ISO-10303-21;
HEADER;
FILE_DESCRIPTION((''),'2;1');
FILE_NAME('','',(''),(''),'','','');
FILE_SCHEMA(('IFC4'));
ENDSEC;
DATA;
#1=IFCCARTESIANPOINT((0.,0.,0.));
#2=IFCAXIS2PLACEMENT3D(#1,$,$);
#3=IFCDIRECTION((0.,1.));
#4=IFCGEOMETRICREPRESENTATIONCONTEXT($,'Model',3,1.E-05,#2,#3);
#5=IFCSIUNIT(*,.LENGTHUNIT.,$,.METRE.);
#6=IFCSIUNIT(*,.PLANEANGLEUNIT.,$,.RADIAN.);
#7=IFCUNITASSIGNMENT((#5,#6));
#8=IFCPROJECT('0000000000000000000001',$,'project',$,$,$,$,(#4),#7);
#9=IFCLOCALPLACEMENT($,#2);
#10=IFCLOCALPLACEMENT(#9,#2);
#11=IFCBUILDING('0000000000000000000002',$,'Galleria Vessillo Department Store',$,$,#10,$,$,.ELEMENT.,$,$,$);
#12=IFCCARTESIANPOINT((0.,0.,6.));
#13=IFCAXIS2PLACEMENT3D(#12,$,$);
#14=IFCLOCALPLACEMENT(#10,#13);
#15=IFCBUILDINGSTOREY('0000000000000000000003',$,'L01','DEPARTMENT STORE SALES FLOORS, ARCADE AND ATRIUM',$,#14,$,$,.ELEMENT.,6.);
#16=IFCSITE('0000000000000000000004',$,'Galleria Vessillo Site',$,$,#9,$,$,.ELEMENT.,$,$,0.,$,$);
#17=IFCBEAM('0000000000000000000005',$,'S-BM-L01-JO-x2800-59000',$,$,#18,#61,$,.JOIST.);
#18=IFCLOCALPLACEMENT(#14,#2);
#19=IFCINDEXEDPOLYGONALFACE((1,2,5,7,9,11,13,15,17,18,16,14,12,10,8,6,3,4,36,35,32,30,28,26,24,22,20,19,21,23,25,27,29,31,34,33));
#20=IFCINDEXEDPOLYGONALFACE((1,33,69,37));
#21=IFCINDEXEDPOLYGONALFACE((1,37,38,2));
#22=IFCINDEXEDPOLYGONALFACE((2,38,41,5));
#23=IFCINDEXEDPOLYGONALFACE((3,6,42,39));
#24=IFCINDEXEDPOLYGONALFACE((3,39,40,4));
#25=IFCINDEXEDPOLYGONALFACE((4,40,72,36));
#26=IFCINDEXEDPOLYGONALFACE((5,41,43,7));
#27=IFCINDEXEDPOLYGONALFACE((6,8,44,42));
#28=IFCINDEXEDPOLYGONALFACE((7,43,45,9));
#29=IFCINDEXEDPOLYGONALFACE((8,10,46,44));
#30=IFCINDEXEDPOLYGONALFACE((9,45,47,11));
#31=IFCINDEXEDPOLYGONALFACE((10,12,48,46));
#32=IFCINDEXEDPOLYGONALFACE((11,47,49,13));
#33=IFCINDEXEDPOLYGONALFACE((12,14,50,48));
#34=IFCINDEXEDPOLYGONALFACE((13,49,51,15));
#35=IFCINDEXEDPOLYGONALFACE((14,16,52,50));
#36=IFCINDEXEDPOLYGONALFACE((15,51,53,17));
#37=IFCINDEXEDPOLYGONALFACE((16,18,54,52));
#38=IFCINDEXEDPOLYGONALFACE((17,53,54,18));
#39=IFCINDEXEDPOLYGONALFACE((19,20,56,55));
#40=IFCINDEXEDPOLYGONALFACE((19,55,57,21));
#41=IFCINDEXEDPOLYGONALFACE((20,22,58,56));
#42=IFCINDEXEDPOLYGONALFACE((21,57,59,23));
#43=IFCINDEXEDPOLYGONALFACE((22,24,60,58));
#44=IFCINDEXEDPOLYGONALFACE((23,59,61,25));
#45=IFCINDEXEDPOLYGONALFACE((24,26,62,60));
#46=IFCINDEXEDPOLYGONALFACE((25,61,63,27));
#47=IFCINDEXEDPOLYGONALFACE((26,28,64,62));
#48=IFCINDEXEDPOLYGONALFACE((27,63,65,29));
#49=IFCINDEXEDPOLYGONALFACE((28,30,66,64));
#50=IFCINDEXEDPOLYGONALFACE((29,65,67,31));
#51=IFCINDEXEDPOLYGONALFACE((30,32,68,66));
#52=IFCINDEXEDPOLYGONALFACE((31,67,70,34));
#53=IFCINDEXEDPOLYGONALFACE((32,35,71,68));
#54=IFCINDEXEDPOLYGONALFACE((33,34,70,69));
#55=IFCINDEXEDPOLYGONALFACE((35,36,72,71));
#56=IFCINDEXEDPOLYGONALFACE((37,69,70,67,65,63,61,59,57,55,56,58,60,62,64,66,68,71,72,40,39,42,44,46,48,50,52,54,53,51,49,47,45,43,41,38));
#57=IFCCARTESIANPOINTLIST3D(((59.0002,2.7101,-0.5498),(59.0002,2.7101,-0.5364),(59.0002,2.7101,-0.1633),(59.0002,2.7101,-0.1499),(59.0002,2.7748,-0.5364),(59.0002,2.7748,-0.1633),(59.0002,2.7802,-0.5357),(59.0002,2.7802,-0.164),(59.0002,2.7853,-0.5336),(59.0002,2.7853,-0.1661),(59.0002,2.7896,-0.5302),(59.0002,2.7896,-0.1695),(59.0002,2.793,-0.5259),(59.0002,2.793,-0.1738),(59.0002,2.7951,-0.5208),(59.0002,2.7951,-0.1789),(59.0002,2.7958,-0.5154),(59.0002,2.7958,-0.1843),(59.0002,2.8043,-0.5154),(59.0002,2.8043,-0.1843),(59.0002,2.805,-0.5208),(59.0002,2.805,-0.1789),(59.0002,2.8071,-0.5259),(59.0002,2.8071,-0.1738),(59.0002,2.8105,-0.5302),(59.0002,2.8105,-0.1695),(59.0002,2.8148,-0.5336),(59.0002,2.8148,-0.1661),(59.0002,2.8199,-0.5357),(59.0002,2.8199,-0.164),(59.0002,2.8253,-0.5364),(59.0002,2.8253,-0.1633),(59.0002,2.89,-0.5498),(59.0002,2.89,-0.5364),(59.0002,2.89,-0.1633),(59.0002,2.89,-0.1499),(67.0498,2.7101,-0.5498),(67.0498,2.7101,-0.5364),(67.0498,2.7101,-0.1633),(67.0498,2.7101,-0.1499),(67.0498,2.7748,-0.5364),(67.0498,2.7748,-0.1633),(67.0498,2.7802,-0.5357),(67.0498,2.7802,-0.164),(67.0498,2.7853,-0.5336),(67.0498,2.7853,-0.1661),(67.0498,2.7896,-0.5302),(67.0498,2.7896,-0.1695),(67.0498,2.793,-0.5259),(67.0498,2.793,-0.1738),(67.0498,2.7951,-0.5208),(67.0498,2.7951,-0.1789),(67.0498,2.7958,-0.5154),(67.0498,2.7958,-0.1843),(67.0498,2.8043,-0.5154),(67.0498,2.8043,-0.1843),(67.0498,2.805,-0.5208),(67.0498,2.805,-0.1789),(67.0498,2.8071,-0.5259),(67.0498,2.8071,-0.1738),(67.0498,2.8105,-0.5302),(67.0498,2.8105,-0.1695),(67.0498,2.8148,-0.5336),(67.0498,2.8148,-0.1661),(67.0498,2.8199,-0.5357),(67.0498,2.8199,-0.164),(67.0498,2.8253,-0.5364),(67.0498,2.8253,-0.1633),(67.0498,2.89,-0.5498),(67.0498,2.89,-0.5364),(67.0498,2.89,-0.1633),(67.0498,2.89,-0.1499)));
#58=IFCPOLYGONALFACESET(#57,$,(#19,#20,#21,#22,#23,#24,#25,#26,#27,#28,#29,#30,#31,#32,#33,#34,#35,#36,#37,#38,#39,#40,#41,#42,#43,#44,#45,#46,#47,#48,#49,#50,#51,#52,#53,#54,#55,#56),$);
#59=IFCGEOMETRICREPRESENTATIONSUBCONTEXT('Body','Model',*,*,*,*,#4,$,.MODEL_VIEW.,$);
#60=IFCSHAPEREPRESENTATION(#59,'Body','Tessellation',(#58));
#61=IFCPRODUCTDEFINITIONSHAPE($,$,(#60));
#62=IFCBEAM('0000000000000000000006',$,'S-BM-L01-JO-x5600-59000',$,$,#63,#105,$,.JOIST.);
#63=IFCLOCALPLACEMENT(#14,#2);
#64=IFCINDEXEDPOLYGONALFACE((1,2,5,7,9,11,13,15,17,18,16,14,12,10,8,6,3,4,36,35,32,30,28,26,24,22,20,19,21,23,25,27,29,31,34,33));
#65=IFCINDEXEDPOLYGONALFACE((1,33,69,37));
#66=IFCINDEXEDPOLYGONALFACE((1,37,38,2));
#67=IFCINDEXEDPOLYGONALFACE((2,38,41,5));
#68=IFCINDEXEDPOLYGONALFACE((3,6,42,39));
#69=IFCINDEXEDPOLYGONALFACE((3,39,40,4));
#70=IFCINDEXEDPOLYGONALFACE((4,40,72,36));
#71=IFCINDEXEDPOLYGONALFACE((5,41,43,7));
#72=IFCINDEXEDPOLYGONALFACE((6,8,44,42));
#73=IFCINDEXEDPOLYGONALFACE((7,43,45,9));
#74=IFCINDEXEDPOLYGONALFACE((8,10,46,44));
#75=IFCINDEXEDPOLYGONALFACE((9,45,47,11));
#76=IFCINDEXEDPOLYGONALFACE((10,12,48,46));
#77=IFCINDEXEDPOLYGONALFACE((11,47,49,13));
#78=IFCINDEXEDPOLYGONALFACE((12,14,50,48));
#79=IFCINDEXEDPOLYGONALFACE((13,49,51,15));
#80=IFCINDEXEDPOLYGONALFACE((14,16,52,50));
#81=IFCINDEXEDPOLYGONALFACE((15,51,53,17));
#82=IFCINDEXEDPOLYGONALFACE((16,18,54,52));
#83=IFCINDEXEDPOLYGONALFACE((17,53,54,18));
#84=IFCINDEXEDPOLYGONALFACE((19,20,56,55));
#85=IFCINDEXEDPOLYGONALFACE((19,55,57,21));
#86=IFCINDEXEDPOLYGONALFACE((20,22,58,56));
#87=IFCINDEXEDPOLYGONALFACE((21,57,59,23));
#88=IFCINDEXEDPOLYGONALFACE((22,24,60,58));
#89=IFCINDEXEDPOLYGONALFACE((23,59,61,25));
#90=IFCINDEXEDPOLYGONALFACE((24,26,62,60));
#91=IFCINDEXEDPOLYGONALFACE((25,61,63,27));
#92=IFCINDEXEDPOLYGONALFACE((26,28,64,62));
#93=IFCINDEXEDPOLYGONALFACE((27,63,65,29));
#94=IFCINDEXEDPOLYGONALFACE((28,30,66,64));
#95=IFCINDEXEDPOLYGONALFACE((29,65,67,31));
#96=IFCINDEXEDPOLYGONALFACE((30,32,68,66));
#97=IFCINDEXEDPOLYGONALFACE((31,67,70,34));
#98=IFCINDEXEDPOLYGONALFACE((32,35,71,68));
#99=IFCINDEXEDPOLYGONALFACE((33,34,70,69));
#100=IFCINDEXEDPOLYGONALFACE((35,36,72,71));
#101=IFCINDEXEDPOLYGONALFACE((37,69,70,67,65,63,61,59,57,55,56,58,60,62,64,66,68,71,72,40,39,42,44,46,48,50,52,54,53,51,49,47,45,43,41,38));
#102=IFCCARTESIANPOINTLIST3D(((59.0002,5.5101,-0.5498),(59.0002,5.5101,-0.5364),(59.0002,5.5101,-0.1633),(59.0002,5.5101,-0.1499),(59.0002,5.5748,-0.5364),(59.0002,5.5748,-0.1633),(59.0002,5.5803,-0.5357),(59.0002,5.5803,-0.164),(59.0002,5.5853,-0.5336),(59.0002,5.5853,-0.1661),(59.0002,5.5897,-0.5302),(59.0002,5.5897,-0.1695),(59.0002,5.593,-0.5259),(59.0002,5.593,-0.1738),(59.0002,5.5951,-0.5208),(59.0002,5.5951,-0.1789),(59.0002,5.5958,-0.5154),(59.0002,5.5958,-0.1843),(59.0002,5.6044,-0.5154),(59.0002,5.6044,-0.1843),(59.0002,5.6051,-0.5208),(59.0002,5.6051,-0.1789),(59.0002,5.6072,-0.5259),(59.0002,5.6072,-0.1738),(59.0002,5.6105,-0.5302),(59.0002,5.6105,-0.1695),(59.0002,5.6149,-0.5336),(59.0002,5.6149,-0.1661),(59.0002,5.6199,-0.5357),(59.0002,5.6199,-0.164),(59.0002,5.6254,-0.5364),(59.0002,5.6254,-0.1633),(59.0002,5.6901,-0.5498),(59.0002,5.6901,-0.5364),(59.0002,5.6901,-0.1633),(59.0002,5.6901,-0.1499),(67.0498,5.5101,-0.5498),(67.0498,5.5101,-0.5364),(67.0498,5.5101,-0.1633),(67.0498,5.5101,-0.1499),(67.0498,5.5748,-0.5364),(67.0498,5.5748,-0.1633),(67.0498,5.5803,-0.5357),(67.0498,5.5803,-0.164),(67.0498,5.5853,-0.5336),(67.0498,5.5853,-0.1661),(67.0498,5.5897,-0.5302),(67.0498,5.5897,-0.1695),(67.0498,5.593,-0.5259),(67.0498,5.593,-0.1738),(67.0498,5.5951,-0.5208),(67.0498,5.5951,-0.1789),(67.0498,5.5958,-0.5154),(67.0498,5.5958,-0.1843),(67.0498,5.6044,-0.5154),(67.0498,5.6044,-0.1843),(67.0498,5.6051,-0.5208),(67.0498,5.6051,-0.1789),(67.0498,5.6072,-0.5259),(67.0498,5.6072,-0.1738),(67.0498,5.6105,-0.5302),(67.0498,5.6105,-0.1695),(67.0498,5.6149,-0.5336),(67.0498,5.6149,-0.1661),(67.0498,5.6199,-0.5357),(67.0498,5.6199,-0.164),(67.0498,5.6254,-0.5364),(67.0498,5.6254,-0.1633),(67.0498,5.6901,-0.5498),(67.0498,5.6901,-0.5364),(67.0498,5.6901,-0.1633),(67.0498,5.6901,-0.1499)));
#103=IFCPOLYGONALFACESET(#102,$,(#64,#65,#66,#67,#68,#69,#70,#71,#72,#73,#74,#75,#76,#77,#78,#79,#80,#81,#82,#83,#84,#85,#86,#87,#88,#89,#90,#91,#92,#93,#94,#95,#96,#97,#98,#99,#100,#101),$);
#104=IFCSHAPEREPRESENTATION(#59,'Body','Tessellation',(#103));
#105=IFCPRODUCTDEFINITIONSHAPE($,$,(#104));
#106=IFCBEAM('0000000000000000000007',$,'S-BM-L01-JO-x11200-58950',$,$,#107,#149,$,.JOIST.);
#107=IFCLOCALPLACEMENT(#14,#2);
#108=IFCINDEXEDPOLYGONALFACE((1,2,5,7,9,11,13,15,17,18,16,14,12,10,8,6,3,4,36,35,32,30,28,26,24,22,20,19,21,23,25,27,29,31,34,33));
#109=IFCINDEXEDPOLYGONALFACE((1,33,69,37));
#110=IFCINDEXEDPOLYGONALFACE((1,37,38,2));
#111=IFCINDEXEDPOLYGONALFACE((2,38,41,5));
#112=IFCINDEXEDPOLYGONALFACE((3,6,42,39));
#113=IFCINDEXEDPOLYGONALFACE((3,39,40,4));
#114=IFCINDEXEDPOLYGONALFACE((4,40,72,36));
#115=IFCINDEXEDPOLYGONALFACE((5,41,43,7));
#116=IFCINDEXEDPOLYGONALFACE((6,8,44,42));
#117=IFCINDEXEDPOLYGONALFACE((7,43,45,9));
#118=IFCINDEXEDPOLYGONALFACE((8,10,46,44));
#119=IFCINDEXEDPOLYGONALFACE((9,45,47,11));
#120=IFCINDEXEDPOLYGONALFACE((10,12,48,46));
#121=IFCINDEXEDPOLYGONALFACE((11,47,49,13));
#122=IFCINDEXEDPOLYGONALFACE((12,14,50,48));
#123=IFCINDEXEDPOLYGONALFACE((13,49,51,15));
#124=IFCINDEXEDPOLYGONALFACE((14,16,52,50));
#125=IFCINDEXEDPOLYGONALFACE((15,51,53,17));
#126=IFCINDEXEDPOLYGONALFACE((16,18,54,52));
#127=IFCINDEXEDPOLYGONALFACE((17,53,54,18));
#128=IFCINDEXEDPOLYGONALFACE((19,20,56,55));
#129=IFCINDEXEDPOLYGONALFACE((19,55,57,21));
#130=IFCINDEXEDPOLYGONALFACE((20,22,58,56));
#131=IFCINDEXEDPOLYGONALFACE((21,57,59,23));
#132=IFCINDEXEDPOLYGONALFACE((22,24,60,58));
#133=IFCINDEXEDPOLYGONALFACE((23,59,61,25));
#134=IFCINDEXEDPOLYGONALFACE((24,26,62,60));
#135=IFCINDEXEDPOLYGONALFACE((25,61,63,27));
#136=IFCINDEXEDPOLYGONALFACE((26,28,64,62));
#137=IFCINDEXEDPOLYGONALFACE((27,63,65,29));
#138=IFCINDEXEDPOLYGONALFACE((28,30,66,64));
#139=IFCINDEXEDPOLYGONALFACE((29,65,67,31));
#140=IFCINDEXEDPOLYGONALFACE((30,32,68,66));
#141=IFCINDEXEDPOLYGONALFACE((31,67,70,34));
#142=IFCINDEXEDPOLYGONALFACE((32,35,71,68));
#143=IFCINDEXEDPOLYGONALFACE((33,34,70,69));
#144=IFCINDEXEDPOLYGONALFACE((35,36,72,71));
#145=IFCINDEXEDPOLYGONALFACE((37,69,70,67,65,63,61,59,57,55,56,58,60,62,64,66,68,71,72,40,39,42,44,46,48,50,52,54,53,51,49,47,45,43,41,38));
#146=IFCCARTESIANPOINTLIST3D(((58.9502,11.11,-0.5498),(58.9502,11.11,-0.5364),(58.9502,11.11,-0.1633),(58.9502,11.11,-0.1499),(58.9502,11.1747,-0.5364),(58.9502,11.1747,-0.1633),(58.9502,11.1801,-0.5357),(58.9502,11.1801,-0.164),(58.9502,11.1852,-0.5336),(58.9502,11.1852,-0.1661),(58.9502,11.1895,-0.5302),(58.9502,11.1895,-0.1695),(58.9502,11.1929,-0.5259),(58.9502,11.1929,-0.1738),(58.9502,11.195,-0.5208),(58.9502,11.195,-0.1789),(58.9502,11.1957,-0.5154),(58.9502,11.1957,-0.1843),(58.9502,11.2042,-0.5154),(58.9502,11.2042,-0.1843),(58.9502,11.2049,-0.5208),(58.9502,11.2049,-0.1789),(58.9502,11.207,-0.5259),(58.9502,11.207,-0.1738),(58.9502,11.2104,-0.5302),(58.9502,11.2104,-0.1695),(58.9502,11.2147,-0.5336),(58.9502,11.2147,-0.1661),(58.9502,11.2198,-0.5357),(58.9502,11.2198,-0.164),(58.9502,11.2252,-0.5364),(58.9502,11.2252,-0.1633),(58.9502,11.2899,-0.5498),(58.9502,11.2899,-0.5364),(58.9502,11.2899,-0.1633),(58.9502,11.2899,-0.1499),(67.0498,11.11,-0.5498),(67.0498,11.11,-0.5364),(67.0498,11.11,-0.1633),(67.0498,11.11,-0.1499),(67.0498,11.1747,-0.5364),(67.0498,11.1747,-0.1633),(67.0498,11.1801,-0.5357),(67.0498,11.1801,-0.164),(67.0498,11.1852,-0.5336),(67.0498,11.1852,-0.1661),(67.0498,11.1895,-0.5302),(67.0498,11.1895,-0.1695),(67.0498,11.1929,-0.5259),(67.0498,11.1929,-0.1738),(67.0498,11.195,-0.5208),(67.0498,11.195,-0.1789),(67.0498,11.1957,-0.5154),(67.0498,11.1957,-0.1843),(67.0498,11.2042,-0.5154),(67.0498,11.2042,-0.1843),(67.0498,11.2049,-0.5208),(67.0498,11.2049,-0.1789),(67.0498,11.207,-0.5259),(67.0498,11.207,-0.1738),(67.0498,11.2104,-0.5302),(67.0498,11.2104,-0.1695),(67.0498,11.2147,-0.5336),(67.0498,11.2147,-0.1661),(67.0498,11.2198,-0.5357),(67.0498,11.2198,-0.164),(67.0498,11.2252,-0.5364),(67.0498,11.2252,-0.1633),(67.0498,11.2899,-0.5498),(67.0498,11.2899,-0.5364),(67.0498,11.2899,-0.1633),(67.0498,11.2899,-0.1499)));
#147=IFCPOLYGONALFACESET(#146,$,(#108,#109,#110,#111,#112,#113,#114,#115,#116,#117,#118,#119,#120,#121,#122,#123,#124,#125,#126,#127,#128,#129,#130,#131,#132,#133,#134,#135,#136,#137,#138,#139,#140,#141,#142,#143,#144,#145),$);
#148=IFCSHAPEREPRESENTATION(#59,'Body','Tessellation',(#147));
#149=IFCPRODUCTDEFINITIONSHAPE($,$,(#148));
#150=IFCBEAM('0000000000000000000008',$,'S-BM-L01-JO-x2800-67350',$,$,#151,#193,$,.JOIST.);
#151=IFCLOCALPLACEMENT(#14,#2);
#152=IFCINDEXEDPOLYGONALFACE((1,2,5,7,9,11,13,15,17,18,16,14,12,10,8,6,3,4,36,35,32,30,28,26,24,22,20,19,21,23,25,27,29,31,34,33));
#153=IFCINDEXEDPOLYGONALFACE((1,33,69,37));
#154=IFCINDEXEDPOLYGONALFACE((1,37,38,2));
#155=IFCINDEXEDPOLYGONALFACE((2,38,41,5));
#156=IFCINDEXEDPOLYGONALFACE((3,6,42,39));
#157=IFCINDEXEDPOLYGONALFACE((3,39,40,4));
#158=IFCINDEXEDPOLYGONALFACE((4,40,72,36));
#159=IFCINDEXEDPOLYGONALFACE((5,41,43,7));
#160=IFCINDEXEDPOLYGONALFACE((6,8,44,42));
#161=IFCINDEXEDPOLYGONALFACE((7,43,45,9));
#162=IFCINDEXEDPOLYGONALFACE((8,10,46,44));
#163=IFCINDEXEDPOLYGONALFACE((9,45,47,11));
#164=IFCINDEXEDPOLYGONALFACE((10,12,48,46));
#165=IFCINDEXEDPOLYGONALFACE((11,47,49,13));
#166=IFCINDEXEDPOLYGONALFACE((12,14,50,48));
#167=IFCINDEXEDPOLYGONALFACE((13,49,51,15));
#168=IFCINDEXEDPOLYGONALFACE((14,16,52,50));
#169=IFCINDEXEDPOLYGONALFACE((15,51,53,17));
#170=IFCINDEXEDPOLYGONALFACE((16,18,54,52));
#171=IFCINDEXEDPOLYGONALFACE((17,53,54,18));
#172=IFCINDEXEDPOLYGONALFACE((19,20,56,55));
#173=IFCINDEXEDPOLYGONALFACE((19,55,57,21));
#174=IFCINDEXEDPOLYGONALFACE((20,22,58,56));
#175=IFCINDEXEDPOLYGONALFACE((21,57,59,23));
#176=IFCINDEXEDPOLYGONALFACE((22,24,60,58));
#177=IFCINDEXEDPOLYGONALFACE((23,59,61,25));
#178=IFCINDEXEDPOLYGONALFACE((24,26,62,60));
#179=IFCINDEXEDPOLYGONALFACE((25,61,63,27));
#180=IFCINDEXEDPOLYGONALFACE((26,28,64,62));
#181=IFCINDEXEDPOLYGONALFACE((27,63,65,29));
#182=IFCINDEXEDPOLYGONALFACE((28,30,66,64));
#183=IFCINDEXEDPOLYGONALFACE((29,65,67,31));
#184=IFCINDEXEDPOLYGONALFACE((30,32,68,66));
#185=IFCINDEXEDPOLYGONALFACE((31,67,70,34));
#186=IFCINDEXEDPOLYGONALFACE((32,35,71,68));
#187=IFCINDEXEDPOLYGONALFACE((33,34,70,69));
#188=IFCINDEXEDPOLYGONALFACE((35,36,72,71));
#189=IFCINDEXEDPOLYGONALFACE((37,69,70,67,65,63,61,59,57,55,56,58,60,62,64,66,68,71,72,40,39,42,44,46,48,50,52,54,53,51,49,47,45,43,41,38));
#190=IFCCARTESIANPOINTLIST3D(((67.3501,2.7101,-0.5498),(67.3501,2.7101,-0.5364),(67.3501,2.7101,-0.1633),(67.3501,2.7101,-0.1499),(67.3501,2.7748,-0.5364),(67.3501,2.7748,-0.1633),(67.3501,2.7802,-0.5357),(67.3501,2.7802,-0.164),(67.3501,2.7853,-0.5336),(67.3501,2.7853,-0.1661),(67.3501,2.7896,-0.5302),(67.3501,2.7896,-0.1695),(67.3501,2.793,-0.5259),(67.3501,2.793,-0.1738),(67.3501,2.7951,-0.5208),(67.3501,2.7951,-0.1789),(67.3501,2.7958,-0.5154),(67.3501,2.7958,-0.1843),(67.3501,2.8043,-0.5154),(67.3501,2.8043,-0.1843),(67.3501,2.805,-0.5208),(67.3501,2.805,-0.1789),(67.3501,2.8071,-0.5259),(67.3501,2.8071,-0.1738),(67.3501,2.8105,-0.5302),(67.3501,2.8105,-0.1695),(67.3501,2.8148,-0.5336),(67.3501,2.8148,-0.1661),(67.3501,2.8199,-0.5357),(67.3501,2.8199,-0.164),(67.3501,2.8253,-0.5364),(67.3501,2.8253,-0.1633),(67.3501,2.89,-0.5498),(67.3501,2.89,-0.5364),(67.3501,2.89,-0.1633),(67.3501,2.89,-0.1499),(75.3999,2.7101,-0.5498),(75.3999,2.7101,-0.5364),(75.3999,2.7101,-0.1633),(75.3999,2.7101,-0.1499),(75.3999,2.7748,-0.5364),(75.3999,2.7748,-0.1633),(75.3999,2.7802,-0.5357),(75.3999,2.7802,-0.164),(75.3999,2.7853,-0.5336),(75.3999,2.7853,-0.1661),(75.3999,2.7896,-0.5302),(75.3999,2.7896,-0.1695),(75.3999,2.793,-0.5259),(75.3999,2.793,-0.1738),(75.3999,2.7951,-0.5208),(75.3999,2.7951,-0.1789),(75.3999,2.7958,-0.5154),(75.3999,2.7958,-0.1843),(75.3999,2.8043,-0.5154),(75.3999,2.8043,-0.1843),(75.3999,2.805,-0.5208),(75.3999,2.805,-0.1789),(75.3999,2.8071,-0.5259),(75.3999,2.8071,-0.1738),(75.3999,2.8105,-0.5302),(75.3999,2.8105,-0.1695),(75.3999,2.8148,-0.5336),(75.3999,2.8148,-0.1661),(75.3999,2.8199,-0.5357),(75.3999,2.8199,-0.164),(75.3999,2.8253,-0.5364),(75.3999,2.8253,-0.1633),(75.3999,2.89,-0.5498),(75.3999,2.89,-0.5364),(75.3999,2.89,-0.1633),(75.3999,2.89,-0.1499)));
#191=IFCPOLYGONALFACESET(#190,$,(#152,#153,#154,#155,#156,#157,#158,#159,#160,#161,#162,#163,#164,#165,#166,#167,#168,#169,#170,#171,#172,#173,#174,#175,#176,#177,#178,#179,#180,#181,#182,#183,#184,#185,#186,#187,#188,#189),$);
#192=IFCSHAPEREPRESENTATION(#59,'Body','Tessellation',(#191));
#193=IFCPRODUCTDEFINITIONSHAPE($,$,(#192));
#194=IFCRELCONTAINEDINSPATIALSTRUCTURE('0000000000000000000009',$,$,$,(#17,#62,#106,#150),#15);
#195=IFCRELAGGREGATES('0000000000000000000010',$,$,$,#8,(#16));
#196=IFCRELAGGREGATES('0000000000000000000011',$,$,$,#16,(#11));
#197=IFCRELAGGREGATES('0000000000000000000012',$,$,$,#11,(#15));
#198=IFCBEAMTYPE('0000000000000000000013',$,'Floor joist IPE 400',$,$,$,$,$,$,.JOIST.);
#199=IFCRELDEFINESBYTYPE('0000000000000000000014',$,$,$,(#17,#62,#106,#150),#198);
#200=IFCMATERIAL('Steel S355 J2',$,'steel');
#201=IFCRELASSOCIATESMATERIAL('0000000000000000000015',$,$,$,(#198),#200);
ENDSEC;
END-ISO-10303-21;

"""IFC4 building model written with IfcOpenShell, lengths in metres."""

from ifc_helpers import new_model, si_unit, direction, frame, origin, origin_2d, place, context, subcontext, project, spatial, i_section, extrude, material, material_profile, profile_set, type_object, element, save


model = new_model("IFC4")

# Units and contexts
model_context = context("Model", 3, precision=1e-05, world=origin(), true_north=direction((0.0, 1.0)))
body_context = subcontext(model_context, "Body", "Model", "MODEL_VIEW")
ifc_project = project(units=[si_unit("LENGTHUNIT", "METRE"), si_unit("PLANEANGLEUNIT", "RADIAN")], contexts=[model_context])

# Site, building, storey
site_placement = place(None, origin())
site = spatial("IfcSite", under=ifc_project, at=site_placement, Name="Galleria Vessillo Site", CompositionType="ELEMENT", RefElevation=0.0)
building_placement = place(site_placement, origin())
building = spatial("IfcBuilding", under=site, at=building_placement, Name="Galleria Vessillo Department Store", CompositionType="ELEMENT")
storey_placement = place(building_placement, frame((0.0, 0.0, 6.0)))
storey = spatial("IfcBuildingStorey", under=building, at=storey_placement, Name="L01", Description="DEPARTMENT STORE SALES FLOORS, ARCADE AND ATRIUM", CompositionType="ELEMENT", Elevation=6.0)

# Beams
ifc_material_1 = material(Name="Steel S355 J2", Category="steel")
ifc_material_profile_1 = material_profile(ifc_material_1, i_section(OverallWidth=0.1799, OverallDepth=0.3999, WebThickness=0.0085, FlangeThickness=0.0134, FilletRadius=0.021, at=origin_2d()), Name="IPE 400")
ifc_profile_set_1 = profile_set([ifc_material_profile_1], Name="Steel S355 J2")
beam_type_1 = type_object("IfcBeamType", Name="Floor joist IPE 400", PredefinedType="JOIST", material=ifc_profile_set_1)
for number, where, z_axis, x_axis, name in (
    (1, (59.0002, 2.8, -0.3499), (1.0, 0.0, 0.0), (0.0, 1.0, 0.0), "S-BM-L01-JO-x2800-59000"),
    (2, (59.0002, 5.6001, -0.3499), (1.0, 0.0, 0.0), (0.0, 1.0, 0.0), "S-BM-L01-JO-x5600-59000"),
):
    element("IfcBeam", number, at=place(storey_placement, frame(where, z_axis=z_axis, x_axis=x_axis)), inside=storey, type_object=beam_type_1, Name=name, PredefinedType="JOIST", context=body_context, shape_type="SweptSolid", body=[
        extrude(i_section(OverallWidth=0.1799, OverallDepth=0.3999, WebThickness=0.0085, FlangeThickness=0.0134, FilletRadius=0.021, at=origin_2d()), origin(), (0.0, 0.0, 1.0), 8.0496),
    ])
beam_1_placement = place(storey_placement, frame((58.9502, 11.2, -0.3499), z_axis=(1.0, 0.0, 0.0), x_axis=(0.0, 1.0, 0.0)))
element("IfcBeam", 3, at=beam_1_placement, inside=storey, type_object=beam_type_1, Name="S-BM-L01-JO-x11200-58950", PredefinedType="JOIST", context=body_context, shape_type="SweptSolid", body=[
    extrude(i_section(OverallWidth=0.1799, OverallDepth=0.3999, WebThickness=0.0085, FlangeThickness=0.0134, FilletRadius=0.021, at=origin_2d()), origin(), (0.0, 0.0, 1.0), 8.0996),
])
for number, where, z_axis, x_axis, name in (
    (4, (67.3501, 2.8, -0.3499), (1.0, 0.0, 0.0), (0.0, 1.0, 0.0), "S-BM-L01-JO-x2800-67350"),
):
    element("IfcBeam", number, at=place(storey_placement, frame(where, z_axis=z_axis, x_axis=x_axis)), inside=storey, type_object=beam_type_1, Name=name, PredefinedType="JOIST", context=body_context, shape_type="SweptSolid", body=[
        extrude(i_section(OverallWidth=0.1799, OverallDepth=0.3999, WebThickness=0.0085, FlangeThickness=0.0134, FilletRadius=0.021, at=origin_2d()), origin(), (0.0, 0.0, 1.0), 8.0498),
    ])

save(model, "model.ifc")
